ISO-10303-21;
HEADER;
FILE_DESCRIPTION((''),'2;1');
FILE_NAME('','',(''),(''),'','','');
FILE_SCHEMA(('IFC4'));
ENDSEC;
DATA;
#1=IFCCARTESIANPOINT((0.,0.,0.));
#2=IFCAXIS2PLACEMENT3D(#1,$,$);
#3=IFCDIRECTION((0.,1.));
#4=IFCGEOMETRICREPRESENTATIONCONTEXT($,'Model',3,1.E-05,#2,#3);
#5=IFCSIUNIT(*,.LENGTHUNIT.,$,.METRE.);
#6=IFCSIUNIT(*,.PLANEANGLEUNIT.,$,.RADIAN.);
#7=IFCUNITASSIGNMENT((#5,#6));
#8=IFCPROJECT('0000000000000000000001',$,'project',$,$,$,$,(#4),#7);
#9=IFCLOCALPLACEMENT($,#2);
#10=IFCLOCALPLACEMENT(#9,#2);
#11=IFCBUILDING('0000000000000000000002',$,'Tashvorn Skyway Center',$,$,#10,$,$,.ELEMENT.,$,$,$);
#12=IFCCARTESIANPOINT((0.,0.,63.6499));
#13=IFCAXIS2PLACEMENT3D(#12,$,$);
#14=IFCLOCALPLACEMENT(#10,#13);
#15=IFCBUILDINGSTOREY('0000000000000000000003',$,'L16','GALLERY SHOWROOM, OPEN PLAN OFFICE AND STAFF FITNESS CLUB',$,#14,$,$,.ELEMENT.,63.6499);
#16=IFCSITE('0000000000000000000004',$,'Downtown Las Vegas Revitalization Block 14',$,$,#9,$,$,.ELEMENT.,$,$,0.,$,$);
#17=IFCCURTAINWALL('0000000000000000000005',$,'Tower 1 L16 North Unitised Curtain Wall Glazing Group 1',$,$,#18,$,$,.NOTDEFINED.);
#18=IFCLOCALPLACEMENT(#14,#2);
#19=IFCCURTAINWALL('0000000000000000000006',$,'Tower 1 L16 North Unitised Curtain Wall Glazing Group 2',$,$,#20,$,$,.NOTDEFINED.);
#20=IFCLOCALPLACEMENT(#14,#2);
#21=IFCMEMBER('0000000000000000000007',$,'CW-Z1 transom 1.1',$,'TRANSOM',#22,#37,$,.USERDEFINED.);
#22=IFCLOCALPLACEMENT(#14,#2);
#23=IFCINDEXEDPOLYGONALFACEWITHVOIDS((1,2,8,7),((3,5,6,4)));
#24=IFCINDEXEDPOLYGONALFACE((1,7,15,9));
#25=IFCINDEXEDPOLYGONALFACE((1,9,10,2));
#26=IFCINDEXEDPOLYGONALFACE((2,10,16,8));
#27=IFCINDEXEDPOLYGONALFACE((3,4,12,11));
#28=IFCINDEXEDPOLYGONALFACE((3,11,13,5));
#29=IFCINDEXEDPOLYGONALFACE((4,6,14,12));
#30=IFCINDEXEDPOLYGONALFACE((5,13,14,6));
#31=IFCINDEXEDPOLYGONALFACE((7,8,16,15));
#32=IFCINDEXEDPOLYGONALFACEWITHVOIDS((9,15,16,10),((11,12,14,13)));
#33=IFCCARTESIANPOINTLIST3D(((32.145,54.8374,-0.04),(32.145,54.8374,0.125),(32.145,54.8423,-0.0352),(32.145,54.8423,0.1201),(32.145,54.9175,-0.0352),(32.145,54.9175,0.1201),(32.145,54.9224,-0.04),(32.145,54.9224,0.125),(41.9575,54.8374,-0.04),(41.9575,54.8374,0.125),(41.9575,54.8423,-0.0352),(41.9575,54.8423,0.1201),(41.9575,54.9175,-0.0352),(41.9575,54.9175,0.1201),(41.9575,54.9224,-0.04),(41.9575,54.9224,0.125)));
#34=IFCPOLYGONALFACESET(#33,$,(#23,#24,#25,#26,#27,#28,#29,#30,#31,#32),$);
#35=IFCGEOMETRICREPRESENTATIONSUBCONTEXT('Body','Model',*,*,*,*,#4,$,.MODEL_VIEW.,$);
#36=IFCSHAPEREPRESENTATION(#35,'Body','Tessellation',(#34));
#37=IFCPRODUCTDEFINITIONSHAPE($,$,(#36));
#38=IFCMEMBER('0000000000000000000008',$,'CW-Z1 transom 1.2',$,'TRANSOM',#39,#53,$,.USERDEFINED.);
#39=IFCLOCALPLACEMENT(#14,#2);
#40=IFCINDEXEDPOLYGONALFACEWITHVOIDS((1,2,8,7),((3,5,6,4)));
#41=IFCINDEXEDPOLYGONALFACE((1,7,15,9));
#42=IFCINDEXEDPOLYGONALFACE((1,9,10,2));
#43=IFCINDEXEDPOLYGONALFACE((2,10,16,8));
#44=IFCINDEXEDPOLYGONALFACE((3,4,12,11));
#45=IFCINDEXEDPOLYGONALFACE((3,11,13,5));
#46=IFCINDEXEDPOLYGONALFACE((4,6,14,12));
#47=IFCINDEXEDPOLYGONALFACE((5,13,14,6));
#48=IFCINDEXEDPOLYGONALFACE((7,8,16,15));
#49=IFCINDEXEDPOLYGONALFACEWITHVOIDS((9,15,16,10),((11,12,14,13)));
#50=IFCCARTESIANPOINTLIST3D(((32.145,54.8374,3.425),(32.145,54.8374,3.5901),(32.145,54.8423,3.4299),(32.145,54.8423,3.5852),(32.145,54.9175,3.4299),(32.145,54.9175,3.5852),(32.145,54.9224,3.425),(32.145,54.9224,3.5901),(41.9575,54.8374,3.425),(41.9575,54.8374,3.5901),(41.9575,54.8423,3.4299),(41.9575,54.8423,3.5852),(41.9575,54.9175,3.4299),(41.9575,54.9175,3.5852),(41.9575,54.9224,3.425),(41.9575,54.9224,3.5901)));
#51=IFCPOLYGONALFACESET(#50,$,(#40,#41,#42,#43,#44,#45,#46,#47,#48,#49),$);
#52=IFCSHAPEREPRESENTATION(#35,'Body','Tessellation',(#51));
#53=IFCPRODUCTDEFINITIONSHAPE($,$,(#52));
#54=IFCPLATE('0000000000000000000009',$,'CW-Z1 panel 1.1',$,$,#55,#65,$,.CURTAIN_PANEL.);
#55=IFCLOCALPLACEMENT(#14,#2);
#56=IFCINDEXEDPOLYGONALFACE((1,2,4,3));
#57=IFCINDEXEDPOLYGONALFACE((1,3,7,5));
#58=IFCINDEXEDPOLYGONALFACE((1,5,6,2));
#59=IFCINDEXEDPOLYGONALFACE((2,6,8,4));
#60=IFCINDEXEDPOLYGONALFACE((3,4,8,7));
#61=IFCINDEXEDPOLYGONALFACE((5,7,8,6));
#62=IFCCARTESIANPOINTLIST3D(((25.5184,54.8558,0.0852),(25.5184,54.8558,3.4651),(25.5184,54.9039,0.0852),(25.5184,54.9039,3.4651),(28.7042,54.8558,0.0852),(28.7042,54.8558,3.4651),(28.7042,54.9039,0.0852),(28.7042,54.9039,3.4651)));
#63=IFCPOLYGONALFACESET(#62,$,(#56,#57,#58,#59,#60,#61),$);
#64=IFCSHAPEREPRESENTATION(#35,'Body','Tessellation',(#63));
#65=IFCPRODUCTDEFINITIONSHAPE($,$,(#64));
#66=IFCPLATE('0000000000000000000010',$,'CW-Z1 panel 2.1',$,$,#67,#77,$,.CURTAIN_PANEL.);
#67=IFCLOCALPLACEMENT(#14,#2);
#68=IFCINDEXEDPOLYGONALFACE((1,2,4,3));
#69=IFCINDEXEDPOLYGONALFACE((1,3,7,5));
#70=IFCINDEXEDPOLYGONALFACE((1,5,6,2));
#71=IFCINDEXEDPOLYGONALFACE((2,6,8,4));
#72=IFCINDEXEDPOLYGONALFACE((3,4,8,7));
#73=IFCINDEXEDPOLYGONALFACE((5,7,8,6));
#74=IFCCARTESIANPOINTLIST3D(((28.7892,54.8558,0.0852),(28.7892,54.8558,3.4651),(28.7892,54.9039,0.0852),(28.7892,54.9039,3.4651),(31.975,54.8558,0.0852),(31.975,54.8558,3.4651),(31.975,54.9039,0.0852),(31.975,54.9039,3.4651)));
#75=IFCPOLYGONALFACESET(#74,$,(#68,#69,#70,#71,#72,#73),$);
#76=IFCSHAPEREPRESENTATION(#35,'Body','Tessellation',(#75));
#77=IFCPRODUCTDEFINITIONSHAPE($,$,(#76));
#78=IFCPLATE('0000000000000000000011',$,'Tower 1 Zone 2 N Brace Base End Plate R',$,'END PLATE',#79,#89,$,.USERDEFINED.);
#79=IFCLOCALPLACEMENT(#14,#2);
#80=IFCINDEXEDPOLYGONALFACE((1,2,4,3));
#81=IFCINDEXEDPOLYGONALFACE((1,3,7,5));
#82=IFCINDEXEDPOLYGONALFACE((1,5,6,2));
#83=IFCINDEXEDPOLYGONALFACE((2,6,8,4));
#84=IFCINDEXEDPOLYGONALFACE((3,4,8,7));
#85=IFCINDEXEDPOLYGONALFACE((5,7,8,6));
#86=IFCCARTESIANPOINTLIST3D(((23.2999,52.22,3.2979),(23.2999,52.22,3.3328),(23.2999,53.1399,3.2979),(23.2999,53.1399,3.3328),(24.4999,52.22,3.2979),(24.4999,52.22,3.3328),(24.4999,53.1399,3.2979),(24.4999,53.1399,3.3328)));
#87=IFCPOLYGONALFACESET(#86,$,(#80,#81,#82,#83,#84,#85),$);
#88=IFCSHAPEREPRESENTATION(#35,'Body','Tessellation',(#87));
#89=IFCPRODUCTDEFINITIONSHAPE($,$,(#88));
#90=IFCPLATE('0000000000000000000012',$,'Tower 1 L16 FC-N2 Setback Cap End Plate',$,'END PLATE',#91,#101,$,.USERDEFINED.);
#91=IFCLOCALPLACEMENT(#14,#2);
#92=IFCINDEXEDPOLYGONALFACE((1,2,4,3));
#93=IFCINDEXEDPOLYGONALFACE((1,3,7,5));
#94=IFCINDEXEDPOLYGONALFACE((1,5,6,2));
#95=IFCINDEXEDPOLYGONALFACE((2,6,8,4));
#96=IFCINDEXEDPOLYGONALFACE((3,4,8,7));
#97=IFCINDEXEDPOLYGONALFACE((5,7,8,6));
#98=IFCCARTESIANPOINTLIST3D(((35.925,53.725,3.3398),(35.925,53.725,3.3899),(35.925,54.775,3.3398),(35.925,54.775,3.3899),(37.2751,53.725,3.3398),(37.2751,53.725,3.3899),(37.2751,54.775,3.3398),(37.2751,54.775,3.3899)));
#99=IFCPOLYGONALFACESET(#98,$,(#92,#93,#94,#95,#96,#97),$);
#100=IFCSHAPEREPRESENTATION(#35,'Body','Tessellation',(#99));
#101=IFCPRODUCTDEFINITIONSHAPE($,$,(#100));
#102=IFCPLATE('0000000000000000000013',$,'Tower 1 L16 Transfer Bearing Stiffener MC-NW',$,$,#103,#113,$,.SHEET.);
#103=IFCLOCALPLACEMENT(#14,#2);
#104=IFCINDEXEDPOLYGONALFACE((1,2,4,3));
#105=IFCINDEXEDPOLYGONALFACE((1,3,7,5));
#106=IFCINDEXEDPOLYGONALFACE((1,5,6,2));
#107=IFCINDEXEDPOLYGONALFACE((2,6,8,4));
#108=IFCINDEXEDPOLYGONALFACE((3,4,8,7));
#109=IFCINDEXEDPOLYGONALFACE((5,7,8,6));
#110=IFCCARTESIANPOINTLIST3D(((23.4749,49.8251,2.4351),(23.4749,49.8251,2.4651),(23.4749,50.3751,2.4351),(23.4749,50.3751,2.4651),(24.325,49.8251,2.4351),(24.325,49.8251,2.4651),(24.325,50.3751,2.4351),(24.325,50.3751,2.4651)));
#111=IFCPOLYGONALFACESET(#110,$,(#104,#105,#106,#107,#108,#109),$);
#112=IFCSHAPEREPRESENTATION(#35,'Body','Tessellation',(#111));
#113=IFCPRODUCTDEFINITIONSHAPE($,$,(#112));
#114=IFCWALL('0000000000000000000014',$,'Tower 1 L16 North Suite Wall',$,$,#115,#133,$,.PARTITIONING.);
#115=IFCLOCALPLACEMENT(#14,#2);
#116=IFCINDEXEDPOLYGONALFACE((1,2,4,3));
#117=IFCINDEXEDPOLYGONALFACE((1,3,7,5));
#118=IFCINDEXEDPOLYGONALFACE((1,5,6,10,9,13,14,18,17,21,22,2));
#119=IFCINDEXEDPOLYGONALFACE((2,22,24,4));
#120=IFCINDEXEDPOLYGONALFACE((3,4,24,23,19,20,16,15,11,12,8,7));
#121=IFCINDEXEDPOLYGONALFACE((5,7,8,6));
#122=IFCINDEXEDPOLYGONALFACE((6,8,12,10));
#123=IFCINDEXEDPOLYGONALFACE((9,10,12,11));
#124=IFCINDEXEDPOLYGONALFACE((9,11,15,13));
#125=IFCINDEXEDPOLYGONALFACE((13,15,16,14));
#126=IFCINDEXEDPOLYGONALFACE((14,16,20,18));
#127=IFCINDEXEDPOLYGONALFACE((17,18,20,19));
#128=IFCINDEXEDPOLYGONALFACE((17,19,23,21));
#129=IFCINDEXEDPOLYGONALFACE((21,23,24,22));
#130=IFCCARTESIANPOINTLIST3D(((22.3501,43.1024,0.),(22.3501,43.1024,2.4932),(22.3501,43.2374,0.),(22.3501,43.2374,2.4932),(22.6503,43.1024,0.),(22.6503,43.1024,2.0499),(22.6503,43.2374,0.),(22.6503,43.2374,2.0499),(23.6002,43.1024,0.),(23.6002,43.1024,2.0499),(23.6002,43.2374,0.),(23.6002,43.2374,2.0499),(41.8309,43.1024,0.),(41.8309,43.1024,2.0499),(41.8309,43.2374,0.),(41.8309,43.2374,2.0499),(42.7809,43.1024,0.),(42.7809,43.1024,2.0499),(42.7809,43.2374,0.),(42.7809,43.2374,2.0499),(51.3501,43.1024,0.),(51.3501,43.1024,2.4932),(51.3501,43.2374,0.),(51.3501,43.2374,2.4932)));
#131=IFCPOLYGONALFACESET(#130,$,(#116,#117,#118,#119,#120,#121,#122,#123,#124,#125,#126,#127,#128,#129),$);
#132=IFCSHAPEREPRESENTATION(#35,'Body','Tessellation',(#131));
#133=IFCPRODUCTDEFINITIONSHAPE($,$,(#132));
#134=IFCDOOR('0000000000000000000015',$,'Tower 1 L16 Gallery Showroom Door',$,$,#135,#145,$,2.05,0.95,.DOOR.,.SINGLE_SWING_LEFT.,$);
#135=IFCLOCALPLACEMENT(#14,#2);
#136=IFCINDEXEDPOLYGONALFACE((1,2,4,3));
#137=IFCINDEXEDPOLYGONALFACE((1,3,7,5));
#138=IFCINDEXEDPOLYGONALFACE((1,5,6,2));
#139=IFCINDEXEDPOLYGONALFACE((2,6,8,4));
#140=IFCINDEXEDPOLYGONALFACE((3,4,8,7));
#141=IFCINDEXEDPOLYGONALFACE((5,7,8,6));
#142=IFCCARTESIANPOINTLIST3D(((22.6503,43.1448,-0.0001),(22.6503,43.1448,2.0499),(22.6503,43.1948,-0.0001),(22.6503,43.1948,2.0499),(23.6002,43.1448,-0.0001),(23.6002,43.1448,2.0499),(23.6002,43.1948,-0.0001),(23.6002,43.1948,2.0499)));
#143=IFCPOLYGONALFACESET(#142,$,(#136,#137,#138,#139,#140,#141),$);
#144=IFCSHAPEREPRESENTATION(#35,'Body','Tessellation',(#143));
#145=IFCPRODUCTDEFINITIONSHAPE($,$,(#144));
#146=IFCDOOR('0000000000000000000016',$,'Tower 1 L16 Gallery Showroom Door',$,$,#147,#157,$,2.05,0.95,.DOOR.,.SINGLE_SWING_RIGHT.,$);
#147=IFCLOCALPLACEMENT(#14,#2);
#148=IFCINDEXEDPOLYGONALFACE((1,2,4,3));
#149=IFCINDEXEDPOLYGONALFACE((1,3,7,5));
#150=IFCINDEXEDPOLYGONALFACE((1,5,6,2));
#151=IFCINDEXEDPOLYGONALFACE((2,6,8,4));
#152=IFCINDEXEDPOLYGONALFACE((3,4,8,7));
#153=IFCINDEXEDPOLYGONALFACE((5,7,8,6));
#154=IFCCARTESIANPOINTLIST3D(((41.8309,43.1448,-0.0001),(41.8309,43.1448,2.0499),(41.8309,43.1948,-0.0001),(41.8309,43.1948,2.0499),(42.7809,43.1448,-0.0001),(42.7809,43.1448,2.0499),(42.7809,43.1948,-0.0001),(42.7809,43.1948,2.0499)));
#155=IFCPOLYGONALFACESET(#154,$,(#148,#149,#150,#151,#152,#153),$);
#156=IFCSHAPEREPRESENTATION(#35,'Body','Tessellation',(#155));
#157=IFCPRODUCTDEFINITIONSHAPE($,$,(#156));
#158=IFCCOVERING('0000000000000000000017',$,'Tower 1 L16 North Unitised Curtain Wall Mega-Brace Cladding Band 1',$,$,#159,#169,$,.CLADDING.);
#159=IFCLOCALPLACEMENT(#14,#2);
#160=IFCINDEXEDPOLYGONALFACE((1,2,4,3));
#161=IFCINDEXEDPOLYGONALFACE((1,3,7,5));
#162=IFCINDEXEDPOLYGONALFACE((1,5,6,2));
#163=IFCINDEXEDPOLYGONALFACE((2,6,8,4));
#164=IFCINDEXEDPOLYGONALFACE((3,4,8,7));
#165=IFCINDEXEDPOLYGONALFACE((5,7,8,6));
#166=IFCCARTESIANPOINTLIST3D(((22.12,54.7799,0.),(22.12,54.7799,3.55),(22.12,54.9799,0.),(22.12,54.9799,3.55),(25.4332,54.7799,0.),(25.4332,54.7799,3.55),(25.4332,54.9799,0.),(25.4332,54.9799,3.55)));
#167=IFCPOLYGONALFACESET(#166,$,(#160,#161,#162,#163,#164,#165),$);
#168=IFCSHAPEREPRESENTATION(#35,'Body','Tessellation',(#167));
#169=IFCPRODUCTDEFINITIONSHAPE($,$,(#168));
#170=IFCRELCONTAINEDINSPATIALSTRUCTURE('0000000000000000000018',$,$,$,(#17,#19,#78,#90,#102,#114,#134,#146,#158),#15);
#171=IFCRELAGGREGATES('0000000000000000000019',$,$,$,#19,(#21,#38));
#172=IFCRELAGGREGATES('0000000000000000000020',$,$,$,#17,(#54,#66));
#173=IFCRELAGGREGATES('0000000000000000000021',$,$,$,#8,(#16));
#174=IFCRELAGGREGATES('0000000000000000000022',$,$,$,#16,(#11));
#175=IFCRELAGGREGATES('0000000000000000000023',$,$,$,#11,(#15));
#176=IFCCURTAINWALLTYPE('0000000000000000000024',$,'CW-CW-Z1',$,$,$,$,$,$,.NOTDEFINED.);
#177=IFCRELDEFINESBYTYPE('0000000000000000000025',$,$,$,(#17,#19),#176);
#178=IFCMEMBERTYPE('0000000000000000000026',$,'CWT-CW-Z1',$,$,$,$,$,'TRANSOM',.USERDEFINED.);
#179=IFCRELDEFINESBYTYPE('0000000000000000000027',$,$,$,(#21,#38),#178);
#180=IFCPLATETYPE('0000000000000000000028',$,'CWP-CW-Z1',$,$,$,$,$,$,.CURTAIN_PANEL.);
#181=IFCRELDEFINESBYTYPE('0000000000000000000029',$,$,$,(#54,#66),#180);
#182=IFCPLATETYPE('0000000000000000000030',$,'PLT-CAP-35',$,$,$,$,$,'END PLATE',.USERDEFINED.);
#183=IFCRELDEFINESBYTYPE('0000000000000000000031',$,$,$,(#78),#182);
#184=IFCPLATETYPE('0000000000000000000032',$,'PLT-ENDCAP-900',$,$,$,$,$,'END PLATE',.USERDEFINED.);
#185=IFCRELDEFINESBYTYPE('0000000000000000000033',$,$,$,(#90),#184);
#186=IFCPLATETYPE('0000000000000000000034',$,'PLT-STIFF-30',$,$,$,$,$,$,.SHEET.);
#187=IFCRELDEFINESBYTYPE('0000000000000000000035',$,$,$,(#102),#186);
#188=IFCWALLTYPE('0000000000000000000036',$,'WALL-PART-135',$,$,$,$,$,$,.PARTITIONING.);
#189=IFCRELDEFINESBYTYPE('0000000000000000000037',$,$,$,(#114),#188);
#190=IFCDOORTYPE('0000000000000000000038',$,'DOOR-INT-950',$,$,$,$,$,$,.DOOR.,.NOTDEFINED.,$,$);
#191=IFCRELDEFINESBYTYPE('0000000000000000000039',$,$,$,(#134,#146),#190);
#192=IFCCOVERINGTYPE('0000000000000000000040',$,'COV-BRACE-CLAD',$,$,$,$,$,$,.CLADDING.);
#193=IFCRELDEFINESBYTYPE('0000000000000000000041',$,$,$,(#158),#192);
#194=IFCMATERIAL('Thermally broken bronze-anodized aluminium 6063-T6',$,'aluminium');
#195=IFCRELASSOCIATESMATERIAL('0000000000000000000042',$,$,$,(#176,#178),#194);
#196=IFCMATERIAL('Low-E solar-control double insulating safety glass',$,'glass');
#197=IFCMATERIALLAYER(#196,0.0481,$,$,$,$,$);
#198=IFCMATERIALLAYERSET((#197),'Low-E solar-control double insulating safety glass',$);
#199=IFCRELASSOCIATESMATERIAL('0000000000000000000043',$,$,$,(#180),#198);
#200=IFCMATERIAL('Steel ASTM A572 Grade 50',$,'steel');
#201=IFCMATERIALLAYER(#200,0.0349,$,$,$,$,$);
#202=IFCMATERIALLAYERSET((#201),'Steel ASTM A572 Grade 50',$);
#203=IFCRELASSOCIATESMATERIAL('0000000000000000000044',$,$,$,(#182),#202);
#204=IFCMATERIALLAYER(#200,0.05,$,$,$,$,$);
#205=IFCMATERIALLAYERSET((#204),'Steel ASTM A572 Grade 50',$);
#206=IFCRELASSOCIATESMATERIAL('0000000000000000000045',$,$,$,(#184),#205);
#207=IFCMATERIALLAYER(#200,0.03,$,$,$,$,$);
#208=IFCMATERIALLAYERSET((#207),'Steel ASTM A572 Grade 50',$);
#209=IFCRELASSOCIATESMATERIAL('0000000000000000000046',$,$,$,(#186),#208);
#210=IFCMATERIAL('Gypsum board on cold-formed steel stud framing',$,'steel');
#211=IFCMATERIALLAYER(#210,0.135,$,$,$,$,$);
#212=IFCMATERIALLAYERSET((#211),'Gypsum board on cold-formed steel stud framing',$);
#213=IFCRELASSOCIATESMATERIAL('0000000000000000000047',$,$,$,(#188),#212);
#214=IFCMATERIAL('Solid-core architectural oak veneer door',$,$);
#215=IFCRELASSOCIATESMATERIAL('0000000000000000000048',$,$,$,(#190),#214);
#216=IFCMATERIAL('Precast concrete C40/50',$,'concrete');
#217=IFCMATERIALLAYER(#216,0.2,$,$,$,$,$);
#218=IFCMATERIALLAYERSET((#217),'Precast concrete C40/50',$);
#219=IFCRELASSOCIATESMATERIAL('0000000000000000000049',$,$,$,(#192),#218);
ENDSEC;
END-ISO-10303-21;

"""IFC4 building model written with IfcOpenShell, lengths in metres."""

from ifc_helpers import new_model, si_unit, direction, frame, frame_2d, origin, origin_2d, place, context, subcontext, project, spatial, rectangle, hollow_rectangle, extrude, material, layer, layer_set, material_profile, profile_set, type_object, element, fill, aggregate, save


model = new_model("IFC4")

# Units and contexts
model_context = context("Model", 3, precision=1e-05, world=origin(), true_north=direction((0.0, 1.0)))
body_context = subcontext(model_context, "Body", "Model", "MODEL_VIEW")
ifc_project = project(units=[si_unit("LENGTHUNIT", "METRE"), si_unit("PLANEANGLEUNIT", "RADIAN")], contexts=[model_context])

# Site, building, storey
site_placement = place(None, origin())
site = spatial("IfcSite", under=ifc_project, at=site_placement, Name="Downtown Las Vegas Revitalization Block 14", CompositionType="ELEMENT", RefElevation=0.0)
building_placement = place(site_placement, origin())
building = spatial("IfcBuilding", under=site, at=building_placement, Name="Tashvorn Skyway Center", CompositionType="ELEMENT")
storey_placement = place(building_placement, frame((0.0, 0.0, 63.6499)))
storey = spatial("IfcBuildingStorey", under=building, at=storey_placement, Name="L16", Description="GALLERY SHOWROOM, OPEN PLAN OFFICE AND STAFF FITNESS CLUB", CompositionType="ELEMENT", Elevation=63.6499)

# Shared definitions
ifc_material_1 = material(Name="Steel ASTM A572 Grade 50", Category="steel")

# Curtain wall
ifc_material_2 = material(Name="Thermally broken bronze-anodized aluminium 6063-T6", Category="aluminium")
curtain_wall_type = type_object("IfcCurtainWallType", Name="CW-CW-Z1", PredefinedType="NOTDEFINED", material=ifc_material_2)
curtain_wall_1_placement = place(storey_placement, origin())
curtain_wall_1 = element("IfcCurtainWall", 1, at=curtain_wall_1_placement, inside=storey, type_object=curtain_wall_type, Name="Tower 1 L16 North Unitised Curtain Wall Glazing Group 1", PredefinedType="NOTDEFINED")

# Curtain wall
curtain_wall_2_placement = place(storey_placement, origin())
curtain_wall_2 = element("IfcCurtainWall", 2, at=curtain_wall_2_placement, inside=storey, type_object=curtain_wall_type, Name="Tower 1 L16 North Unitised Curtain Wall Glazing Group 2", PredefinedType="NOTDEFINED")

# Members
ifc_material_profile_1 = material_profile(ifc_material_2, hollow_rectangle(XDim=0.085, YDim=0.165, WallThickness=0.0049, at=origin_2d()), Name="ALU-TRAN-85x165")
ifc_profile_set_1 = profile_set([ifc_material_profile_1], Name="Thermally broken bronze-anodized aluminium 6063-T6")
member_type_1 = type_object("IfcMemberType", Name="CWT-CW-Z1", ElementType="TRANSOM", PredefinedType="USERDEFINED", material=ifc_profile_set_1)
member_1_placement = place(storey_placement, frame((32.145, 54.8799, 0.0425), z_axis=(1.0, 0.0, 0.0), x_axis=(0.0, 1.0, 0.0)))
member_1 = element("IfcMember", 3, at=member_1_placement, type_object=member_type_1, Name="CW-Z1 transom 1.1", ObjectType="TRANSOM", PredefinedType="USERDEFINED", context=body_context, shape_type="SweptSolid", body=[
    extrude(hollow_rectangle(XDim=0.085, YDim=0.165, WallThickness=0.0049, at=origin_2d()), origin(), (0.0, 0.0, 1.0), 9.8125),
])
member_2_placement = place(storey_placement, frame((32.145, 54.8799, 3.5076), z_axis=(1.0, 0.0, 0.0), x_axis=(0.0, 1.0, 0.0)))
member_2 = element("IfcMember", 4, at=member_2_placement, type_object=member_type_1, Name="CW-Z1 transom 1.2", ObjectType="TRANSOM", PredefinedType="USERDEFINED", context=body_context, shape_type="SweptSolid", body=[
    extrude(hollow_rectangle(XDim=0.085, YDim=0.165, WallThickness=0.0049, at=origin_2d()), origin(), (0.0, 0.0, 1.0), 9.8125),
])
aggregate(curtain_wall_2, [member_1, member_2])

# Plates
ifc_material_3 = material(Name="Low-E solar-control double insulating safety glass", Category="glass")
ifc_layer_1 = layer(ifc_material_3, 0.0481)
ifc_layer_set_1 = layer_set([ifc_layer_1], Name="Low-E solar-control double insulating safety glass")
plate_type_1 = type_object("IfcPlateType", Name="CWP-CW-Z1", PredefinedType="CURTAIN_PANEL", material=ifc_layer_set_1)
plate_1_placement = place(storey_placement, frame((27.1113, 54.8799, 0.0852), z_axis=(0.0, 0.0, 1.0), x_axis=(1.0, 0.0, 0.0)))
plate_1 = element("IfcPlate", 5, at=plate_1_placement, type_object=plate_type_1, Name="CW-Z1 panel 1.1", PredefinedType="CURTAIN_PANEL", context=body_context, shape_type="SweptSolid", body=[
    extrude(rectangle(XDim=3.1858, YDim=0.0481, at=origin_2d()), origin(), (0.0, 0.0, 1.0), 3.3799),
])
plate_2_placement = place(storey_placement, frame((30.3821, 54.8799, 0.0852), z_axis=(0.0, 0.0, 1.0), x_axis=(1.0, 0.0, 0.0)))
plate_2 = element("IfcPlate", 6, at=plate_2_placement, type_object=plate_type_1, Name="CW-Z1 panel 2.1", PredefinedType="CURTAIN_PANEL", context=body_context, shape_type="SweptSolid", body=[
    extrude(rectangle(XDim=3.1858, YDim=0.0481, at=origin_2d()), origin(), (0.0, 0.0, 1.0), 3.3799),
])
aggregate(curtain_wall_1, [plate_1, plate_2])

# Plates
ifc_layer_2 = layer(ifc_material_1, 0.0349)
ifc_layer_set_2 = layer_set([ifc_layer_2], Name="Steel ASTM A572 Grade 50")
plate_type_2 = type_object("IfcPlateType", Name="PLT-CAP-35", ElementType="END PLATE", PredefinedType="USERDEFINED", material=ifc_layer_set_2)
plate_3_placement = place(storey_placement, frame((23.8999, 52.6799, 3.2979), z_axis=(0.0, 0.0, 1.0), x_axis=(-1.0, 0.0, 0.0)))
element("IfcPlate", 7, at=plate_3_placement, inside=storey, type_object=plate_type_2, Name="Tower 1 Zone 2 N Brace Base End Plate R", ObjectType="END PLATE", PredefinedType="USERDEFINED", context=body_context, shape_type="SweptSolid", body=[
    extrude(rectangle(XDim=1.2, YDim=0.9199, at=origin_2d()), origin(), (0.0, 0.0, 1.0), 0.0349),
])
ifc_layer_3 = layer(ifc_material_1, 0.05)
ifc_layer_set_3 = layer_set([ifc_layer_3], Name="Steel ASTM A572 Grade 50")
plate_type_3 = type_object("IfcPlateType", Name="PLT-ENDCAP-900", ElementType="END PLATE", PredefinedType="USERDEFINED", material=ifc_layer_set_3)
plate_4_placement = place(storey_placement, frame((36.6001, 54.25, 3.3398), z_axis=(0.0, 0.0, 1.0), x_axis=(1.0, 0.0, 0.0)))
element("IfcPlate", 8, at=plate_4_placement, inside=storey, type_object=plate_type_3, Name="Tower 1 L16 FC-N2 Setback Cap End Plate", ObjectType="END PLATE", PredefinedType="USERDEFINED", context=body_context, shape_type="SweptSolid", body=[
    extrude(rectangle(XDim=1.3501, YDim=1.05, at=origin_2d()), origin(), (0.0, 0.0, 1.0), 0.05),
])
ifc_layer_4 = layer(ifc_material_1, 0.03)
ifc_layer_set_4 = layer_set([ifc_layer_4], Name="Steel ASTM A572 Grade 50")
plate_type_4 = type_object("IfcPlateType", Name="PLT-STIFF-30", PredefinedType="SHEET", material=ifc_layer_set_4)
plate_5_placement = place(storey_placement, frame((23.8999, 50.1001, 2.4351), z_axis=(0.0, 0.0, 1.0), x_axis=(1.0, 0.0, 0.0)))
element("IfcPlate", 9, at=plate_5_placement, inside=storey, type_object=plate_type_4, Name="Tower 1 L16 Transfer Bearing Stiffener MC-NW", PredefinedType="SHEET", context=body_context, shape_type="SweptSolid", body=[
    extrude(rectangle(XDim=0.8501, YDim=0.55, at=origin_2d()), origin(), (0.0, 0.0, 1.0), 0.03),
])

# Wall, openings, doors
ifc_material_4 = material(Name="Gypsum board on cold-formed steel stud framing", Category="steel")
ifc_layer_5 = layer(ifc_material_4, 0.135)
ifc_layer_set_5 = layer_set([ifc_layer_5], Name="Gypsum board on cold-formed steel stud framing")
wall_type = type_object("IfcWallType", Name="WALL-PART-135", PredefinedType="PARTITIONING", material=ifc_layer_set_5)
wall_placement = place(storey_placement, frame((22.3501, 43.1699, 0.0), z_axis=(0.0, 0.0, 1.0), x_axis=(1.0, 0.0, 0.0)))
wall = element("IfcWall", 10, at=wall_placement, inside=storey, type_object=wall_type, Name="Tower 1 L16 North Suite Wall", PredefinedType="PARTITIONING", context=body_context, shape_type="SweptSolid", body=[
    extrude(rectangle(XDim=29.0, YDim=0.135, at=frame_2d((14.5, 0.0))), origin(), (0.0, 0.0, 1.0), 2.4932),
])
opening_1_placement = place(wall_placement, frame((0.3, 0.0, 0.0)))
opening_1 = element("IfcOpeningElement", 11, at=opening_1_placement, cuts=wall, PredefinedType="OPENING", context=body_context, shape_type="SweptSolid", body=[
    extrude(rectangle(XDim=0.95, YDim=2.05, at=frame_2d((0.4751, 1.0249))), frame((0.0, 0.0774, 0.0), z_axis=(0.0, -1.0, 0.0), x_axis=(1.0, 0.0, 0.0)), (0.0, 0.0, 1.0), 0.155),
])
opening_2_placement = place(wall_placement, frame((19.4807, 0.0, 0.0)))
opening_2 = element("IfcOpeningElement", 12, at=opening_2_placement, cuts=wall, PredefinedType="OPENING", context=body_context, shape_type="SweptSolid", body=[
    extrude(rectangle(XDim=0.95, YDim=2.05, at=frame_2d((0.4751, 1.0249))), frame((0.0, 0.0774, 0.0), z_axis=(0.0, -1.0, 0.0), x_axis=(1.0, 0.0, 0.0)), (0.0, 0.0, 1.0), 0.155),
])
ifc_material_5 = material(Name="Solid-core architectural oak veneer door")
door_type = type_object("IfcDoorType", Name="DOOR-INT-950", OperationType="NOTDEFINED", PredefinedType="DOOR", material=ifc_material_5)
door_1_placement = place(opening_1_placement, origin())
door_1 = element("IfcDoor", 13, at=door_1_placement, inside=storey, type_object=door_type, Name="Tower 1 L16 Gallery Showroom Door", OperationType="SINGLE_SWING_LEFT", OverallHeight=2.05, OverallWidth=0.95, PredefinedType="DOOR", context=body_context, shape_type="SweptSolid", body=[
    extrude(rectangle(XDim=0.95, YDim=2.05, at=frame_2d((0.4751, 1.0249))), frame((0.0, 0.0249, 0.0), z_axis=(0.0, -1.0, 0.0), x_axis=(1.0, 0.0, 0.0)), (0.0, 0.0, 1.0), 0.05),
])
fill(opening_1, door_1)
door_2_placement = place(opening_2_placement, origin())
door_2 = element("IfcDoor", 14, at=door_2_placement, inside=storey, type_object=door_type, Name="Tower 1 L16 Gallery Showroom Door", OperationType="SINGLE_SWING_RIGHT", OverallHeight=2.05, OverallWidth=0.95, PredefinedType="DOOR", context=body_context, shape_type="SweptSolid", body=[
    extrude(rectangle(XDim=0.95, YDim=2.05, at=frame_2d((0.4751, 1.0249))), frame((0.0, 0.0249, 0.0), z_axis=(0.0, -1.0, 0.0), x_axis=(1.0, 0.0, 0.0)), (0.0, 0.0, 1.0), 0.05),
])
fill(opening_2, door_2)

# Covering
ifc_material_6 = material(Name="Precast concrete C40/50", Category="concrete")
ifc_layer_6 = layer(ifc_material_6, 0.2)
ifc_layer_set_6 = layer_set([ifc_layer_6], Name="Precast concrete C40/50")
covering_type = type_object("IfcCoveringType", Name="COV-BRACE-CLAD", PredefinedType="CLADDING", material=ifc_layer_set_6)
covering_placement = place(storey_placement, frame((23.7766, 54.8799, 0.0), z_axis=(0.0, 0.0, 1.0), x_axis=(1.0, 0.0, 0.0)))
element("IfcCovering", 15, at=covering_placement, inside=storey, type_object=covering_type, Name="Tower 1 L16 North Unitised Curtain Wall Mega-Brace Cladding Band 1", PredefinedType="CLADDING", context=body_context, shape_type="SweptSolid", body=[
    extrude(rectangle(XDim=3.3132, YDim=0.2, at=origin_2d()), origin(), (0.0, 0.0, 1.0), 3.55),
])

save(model, "model.ifc")
